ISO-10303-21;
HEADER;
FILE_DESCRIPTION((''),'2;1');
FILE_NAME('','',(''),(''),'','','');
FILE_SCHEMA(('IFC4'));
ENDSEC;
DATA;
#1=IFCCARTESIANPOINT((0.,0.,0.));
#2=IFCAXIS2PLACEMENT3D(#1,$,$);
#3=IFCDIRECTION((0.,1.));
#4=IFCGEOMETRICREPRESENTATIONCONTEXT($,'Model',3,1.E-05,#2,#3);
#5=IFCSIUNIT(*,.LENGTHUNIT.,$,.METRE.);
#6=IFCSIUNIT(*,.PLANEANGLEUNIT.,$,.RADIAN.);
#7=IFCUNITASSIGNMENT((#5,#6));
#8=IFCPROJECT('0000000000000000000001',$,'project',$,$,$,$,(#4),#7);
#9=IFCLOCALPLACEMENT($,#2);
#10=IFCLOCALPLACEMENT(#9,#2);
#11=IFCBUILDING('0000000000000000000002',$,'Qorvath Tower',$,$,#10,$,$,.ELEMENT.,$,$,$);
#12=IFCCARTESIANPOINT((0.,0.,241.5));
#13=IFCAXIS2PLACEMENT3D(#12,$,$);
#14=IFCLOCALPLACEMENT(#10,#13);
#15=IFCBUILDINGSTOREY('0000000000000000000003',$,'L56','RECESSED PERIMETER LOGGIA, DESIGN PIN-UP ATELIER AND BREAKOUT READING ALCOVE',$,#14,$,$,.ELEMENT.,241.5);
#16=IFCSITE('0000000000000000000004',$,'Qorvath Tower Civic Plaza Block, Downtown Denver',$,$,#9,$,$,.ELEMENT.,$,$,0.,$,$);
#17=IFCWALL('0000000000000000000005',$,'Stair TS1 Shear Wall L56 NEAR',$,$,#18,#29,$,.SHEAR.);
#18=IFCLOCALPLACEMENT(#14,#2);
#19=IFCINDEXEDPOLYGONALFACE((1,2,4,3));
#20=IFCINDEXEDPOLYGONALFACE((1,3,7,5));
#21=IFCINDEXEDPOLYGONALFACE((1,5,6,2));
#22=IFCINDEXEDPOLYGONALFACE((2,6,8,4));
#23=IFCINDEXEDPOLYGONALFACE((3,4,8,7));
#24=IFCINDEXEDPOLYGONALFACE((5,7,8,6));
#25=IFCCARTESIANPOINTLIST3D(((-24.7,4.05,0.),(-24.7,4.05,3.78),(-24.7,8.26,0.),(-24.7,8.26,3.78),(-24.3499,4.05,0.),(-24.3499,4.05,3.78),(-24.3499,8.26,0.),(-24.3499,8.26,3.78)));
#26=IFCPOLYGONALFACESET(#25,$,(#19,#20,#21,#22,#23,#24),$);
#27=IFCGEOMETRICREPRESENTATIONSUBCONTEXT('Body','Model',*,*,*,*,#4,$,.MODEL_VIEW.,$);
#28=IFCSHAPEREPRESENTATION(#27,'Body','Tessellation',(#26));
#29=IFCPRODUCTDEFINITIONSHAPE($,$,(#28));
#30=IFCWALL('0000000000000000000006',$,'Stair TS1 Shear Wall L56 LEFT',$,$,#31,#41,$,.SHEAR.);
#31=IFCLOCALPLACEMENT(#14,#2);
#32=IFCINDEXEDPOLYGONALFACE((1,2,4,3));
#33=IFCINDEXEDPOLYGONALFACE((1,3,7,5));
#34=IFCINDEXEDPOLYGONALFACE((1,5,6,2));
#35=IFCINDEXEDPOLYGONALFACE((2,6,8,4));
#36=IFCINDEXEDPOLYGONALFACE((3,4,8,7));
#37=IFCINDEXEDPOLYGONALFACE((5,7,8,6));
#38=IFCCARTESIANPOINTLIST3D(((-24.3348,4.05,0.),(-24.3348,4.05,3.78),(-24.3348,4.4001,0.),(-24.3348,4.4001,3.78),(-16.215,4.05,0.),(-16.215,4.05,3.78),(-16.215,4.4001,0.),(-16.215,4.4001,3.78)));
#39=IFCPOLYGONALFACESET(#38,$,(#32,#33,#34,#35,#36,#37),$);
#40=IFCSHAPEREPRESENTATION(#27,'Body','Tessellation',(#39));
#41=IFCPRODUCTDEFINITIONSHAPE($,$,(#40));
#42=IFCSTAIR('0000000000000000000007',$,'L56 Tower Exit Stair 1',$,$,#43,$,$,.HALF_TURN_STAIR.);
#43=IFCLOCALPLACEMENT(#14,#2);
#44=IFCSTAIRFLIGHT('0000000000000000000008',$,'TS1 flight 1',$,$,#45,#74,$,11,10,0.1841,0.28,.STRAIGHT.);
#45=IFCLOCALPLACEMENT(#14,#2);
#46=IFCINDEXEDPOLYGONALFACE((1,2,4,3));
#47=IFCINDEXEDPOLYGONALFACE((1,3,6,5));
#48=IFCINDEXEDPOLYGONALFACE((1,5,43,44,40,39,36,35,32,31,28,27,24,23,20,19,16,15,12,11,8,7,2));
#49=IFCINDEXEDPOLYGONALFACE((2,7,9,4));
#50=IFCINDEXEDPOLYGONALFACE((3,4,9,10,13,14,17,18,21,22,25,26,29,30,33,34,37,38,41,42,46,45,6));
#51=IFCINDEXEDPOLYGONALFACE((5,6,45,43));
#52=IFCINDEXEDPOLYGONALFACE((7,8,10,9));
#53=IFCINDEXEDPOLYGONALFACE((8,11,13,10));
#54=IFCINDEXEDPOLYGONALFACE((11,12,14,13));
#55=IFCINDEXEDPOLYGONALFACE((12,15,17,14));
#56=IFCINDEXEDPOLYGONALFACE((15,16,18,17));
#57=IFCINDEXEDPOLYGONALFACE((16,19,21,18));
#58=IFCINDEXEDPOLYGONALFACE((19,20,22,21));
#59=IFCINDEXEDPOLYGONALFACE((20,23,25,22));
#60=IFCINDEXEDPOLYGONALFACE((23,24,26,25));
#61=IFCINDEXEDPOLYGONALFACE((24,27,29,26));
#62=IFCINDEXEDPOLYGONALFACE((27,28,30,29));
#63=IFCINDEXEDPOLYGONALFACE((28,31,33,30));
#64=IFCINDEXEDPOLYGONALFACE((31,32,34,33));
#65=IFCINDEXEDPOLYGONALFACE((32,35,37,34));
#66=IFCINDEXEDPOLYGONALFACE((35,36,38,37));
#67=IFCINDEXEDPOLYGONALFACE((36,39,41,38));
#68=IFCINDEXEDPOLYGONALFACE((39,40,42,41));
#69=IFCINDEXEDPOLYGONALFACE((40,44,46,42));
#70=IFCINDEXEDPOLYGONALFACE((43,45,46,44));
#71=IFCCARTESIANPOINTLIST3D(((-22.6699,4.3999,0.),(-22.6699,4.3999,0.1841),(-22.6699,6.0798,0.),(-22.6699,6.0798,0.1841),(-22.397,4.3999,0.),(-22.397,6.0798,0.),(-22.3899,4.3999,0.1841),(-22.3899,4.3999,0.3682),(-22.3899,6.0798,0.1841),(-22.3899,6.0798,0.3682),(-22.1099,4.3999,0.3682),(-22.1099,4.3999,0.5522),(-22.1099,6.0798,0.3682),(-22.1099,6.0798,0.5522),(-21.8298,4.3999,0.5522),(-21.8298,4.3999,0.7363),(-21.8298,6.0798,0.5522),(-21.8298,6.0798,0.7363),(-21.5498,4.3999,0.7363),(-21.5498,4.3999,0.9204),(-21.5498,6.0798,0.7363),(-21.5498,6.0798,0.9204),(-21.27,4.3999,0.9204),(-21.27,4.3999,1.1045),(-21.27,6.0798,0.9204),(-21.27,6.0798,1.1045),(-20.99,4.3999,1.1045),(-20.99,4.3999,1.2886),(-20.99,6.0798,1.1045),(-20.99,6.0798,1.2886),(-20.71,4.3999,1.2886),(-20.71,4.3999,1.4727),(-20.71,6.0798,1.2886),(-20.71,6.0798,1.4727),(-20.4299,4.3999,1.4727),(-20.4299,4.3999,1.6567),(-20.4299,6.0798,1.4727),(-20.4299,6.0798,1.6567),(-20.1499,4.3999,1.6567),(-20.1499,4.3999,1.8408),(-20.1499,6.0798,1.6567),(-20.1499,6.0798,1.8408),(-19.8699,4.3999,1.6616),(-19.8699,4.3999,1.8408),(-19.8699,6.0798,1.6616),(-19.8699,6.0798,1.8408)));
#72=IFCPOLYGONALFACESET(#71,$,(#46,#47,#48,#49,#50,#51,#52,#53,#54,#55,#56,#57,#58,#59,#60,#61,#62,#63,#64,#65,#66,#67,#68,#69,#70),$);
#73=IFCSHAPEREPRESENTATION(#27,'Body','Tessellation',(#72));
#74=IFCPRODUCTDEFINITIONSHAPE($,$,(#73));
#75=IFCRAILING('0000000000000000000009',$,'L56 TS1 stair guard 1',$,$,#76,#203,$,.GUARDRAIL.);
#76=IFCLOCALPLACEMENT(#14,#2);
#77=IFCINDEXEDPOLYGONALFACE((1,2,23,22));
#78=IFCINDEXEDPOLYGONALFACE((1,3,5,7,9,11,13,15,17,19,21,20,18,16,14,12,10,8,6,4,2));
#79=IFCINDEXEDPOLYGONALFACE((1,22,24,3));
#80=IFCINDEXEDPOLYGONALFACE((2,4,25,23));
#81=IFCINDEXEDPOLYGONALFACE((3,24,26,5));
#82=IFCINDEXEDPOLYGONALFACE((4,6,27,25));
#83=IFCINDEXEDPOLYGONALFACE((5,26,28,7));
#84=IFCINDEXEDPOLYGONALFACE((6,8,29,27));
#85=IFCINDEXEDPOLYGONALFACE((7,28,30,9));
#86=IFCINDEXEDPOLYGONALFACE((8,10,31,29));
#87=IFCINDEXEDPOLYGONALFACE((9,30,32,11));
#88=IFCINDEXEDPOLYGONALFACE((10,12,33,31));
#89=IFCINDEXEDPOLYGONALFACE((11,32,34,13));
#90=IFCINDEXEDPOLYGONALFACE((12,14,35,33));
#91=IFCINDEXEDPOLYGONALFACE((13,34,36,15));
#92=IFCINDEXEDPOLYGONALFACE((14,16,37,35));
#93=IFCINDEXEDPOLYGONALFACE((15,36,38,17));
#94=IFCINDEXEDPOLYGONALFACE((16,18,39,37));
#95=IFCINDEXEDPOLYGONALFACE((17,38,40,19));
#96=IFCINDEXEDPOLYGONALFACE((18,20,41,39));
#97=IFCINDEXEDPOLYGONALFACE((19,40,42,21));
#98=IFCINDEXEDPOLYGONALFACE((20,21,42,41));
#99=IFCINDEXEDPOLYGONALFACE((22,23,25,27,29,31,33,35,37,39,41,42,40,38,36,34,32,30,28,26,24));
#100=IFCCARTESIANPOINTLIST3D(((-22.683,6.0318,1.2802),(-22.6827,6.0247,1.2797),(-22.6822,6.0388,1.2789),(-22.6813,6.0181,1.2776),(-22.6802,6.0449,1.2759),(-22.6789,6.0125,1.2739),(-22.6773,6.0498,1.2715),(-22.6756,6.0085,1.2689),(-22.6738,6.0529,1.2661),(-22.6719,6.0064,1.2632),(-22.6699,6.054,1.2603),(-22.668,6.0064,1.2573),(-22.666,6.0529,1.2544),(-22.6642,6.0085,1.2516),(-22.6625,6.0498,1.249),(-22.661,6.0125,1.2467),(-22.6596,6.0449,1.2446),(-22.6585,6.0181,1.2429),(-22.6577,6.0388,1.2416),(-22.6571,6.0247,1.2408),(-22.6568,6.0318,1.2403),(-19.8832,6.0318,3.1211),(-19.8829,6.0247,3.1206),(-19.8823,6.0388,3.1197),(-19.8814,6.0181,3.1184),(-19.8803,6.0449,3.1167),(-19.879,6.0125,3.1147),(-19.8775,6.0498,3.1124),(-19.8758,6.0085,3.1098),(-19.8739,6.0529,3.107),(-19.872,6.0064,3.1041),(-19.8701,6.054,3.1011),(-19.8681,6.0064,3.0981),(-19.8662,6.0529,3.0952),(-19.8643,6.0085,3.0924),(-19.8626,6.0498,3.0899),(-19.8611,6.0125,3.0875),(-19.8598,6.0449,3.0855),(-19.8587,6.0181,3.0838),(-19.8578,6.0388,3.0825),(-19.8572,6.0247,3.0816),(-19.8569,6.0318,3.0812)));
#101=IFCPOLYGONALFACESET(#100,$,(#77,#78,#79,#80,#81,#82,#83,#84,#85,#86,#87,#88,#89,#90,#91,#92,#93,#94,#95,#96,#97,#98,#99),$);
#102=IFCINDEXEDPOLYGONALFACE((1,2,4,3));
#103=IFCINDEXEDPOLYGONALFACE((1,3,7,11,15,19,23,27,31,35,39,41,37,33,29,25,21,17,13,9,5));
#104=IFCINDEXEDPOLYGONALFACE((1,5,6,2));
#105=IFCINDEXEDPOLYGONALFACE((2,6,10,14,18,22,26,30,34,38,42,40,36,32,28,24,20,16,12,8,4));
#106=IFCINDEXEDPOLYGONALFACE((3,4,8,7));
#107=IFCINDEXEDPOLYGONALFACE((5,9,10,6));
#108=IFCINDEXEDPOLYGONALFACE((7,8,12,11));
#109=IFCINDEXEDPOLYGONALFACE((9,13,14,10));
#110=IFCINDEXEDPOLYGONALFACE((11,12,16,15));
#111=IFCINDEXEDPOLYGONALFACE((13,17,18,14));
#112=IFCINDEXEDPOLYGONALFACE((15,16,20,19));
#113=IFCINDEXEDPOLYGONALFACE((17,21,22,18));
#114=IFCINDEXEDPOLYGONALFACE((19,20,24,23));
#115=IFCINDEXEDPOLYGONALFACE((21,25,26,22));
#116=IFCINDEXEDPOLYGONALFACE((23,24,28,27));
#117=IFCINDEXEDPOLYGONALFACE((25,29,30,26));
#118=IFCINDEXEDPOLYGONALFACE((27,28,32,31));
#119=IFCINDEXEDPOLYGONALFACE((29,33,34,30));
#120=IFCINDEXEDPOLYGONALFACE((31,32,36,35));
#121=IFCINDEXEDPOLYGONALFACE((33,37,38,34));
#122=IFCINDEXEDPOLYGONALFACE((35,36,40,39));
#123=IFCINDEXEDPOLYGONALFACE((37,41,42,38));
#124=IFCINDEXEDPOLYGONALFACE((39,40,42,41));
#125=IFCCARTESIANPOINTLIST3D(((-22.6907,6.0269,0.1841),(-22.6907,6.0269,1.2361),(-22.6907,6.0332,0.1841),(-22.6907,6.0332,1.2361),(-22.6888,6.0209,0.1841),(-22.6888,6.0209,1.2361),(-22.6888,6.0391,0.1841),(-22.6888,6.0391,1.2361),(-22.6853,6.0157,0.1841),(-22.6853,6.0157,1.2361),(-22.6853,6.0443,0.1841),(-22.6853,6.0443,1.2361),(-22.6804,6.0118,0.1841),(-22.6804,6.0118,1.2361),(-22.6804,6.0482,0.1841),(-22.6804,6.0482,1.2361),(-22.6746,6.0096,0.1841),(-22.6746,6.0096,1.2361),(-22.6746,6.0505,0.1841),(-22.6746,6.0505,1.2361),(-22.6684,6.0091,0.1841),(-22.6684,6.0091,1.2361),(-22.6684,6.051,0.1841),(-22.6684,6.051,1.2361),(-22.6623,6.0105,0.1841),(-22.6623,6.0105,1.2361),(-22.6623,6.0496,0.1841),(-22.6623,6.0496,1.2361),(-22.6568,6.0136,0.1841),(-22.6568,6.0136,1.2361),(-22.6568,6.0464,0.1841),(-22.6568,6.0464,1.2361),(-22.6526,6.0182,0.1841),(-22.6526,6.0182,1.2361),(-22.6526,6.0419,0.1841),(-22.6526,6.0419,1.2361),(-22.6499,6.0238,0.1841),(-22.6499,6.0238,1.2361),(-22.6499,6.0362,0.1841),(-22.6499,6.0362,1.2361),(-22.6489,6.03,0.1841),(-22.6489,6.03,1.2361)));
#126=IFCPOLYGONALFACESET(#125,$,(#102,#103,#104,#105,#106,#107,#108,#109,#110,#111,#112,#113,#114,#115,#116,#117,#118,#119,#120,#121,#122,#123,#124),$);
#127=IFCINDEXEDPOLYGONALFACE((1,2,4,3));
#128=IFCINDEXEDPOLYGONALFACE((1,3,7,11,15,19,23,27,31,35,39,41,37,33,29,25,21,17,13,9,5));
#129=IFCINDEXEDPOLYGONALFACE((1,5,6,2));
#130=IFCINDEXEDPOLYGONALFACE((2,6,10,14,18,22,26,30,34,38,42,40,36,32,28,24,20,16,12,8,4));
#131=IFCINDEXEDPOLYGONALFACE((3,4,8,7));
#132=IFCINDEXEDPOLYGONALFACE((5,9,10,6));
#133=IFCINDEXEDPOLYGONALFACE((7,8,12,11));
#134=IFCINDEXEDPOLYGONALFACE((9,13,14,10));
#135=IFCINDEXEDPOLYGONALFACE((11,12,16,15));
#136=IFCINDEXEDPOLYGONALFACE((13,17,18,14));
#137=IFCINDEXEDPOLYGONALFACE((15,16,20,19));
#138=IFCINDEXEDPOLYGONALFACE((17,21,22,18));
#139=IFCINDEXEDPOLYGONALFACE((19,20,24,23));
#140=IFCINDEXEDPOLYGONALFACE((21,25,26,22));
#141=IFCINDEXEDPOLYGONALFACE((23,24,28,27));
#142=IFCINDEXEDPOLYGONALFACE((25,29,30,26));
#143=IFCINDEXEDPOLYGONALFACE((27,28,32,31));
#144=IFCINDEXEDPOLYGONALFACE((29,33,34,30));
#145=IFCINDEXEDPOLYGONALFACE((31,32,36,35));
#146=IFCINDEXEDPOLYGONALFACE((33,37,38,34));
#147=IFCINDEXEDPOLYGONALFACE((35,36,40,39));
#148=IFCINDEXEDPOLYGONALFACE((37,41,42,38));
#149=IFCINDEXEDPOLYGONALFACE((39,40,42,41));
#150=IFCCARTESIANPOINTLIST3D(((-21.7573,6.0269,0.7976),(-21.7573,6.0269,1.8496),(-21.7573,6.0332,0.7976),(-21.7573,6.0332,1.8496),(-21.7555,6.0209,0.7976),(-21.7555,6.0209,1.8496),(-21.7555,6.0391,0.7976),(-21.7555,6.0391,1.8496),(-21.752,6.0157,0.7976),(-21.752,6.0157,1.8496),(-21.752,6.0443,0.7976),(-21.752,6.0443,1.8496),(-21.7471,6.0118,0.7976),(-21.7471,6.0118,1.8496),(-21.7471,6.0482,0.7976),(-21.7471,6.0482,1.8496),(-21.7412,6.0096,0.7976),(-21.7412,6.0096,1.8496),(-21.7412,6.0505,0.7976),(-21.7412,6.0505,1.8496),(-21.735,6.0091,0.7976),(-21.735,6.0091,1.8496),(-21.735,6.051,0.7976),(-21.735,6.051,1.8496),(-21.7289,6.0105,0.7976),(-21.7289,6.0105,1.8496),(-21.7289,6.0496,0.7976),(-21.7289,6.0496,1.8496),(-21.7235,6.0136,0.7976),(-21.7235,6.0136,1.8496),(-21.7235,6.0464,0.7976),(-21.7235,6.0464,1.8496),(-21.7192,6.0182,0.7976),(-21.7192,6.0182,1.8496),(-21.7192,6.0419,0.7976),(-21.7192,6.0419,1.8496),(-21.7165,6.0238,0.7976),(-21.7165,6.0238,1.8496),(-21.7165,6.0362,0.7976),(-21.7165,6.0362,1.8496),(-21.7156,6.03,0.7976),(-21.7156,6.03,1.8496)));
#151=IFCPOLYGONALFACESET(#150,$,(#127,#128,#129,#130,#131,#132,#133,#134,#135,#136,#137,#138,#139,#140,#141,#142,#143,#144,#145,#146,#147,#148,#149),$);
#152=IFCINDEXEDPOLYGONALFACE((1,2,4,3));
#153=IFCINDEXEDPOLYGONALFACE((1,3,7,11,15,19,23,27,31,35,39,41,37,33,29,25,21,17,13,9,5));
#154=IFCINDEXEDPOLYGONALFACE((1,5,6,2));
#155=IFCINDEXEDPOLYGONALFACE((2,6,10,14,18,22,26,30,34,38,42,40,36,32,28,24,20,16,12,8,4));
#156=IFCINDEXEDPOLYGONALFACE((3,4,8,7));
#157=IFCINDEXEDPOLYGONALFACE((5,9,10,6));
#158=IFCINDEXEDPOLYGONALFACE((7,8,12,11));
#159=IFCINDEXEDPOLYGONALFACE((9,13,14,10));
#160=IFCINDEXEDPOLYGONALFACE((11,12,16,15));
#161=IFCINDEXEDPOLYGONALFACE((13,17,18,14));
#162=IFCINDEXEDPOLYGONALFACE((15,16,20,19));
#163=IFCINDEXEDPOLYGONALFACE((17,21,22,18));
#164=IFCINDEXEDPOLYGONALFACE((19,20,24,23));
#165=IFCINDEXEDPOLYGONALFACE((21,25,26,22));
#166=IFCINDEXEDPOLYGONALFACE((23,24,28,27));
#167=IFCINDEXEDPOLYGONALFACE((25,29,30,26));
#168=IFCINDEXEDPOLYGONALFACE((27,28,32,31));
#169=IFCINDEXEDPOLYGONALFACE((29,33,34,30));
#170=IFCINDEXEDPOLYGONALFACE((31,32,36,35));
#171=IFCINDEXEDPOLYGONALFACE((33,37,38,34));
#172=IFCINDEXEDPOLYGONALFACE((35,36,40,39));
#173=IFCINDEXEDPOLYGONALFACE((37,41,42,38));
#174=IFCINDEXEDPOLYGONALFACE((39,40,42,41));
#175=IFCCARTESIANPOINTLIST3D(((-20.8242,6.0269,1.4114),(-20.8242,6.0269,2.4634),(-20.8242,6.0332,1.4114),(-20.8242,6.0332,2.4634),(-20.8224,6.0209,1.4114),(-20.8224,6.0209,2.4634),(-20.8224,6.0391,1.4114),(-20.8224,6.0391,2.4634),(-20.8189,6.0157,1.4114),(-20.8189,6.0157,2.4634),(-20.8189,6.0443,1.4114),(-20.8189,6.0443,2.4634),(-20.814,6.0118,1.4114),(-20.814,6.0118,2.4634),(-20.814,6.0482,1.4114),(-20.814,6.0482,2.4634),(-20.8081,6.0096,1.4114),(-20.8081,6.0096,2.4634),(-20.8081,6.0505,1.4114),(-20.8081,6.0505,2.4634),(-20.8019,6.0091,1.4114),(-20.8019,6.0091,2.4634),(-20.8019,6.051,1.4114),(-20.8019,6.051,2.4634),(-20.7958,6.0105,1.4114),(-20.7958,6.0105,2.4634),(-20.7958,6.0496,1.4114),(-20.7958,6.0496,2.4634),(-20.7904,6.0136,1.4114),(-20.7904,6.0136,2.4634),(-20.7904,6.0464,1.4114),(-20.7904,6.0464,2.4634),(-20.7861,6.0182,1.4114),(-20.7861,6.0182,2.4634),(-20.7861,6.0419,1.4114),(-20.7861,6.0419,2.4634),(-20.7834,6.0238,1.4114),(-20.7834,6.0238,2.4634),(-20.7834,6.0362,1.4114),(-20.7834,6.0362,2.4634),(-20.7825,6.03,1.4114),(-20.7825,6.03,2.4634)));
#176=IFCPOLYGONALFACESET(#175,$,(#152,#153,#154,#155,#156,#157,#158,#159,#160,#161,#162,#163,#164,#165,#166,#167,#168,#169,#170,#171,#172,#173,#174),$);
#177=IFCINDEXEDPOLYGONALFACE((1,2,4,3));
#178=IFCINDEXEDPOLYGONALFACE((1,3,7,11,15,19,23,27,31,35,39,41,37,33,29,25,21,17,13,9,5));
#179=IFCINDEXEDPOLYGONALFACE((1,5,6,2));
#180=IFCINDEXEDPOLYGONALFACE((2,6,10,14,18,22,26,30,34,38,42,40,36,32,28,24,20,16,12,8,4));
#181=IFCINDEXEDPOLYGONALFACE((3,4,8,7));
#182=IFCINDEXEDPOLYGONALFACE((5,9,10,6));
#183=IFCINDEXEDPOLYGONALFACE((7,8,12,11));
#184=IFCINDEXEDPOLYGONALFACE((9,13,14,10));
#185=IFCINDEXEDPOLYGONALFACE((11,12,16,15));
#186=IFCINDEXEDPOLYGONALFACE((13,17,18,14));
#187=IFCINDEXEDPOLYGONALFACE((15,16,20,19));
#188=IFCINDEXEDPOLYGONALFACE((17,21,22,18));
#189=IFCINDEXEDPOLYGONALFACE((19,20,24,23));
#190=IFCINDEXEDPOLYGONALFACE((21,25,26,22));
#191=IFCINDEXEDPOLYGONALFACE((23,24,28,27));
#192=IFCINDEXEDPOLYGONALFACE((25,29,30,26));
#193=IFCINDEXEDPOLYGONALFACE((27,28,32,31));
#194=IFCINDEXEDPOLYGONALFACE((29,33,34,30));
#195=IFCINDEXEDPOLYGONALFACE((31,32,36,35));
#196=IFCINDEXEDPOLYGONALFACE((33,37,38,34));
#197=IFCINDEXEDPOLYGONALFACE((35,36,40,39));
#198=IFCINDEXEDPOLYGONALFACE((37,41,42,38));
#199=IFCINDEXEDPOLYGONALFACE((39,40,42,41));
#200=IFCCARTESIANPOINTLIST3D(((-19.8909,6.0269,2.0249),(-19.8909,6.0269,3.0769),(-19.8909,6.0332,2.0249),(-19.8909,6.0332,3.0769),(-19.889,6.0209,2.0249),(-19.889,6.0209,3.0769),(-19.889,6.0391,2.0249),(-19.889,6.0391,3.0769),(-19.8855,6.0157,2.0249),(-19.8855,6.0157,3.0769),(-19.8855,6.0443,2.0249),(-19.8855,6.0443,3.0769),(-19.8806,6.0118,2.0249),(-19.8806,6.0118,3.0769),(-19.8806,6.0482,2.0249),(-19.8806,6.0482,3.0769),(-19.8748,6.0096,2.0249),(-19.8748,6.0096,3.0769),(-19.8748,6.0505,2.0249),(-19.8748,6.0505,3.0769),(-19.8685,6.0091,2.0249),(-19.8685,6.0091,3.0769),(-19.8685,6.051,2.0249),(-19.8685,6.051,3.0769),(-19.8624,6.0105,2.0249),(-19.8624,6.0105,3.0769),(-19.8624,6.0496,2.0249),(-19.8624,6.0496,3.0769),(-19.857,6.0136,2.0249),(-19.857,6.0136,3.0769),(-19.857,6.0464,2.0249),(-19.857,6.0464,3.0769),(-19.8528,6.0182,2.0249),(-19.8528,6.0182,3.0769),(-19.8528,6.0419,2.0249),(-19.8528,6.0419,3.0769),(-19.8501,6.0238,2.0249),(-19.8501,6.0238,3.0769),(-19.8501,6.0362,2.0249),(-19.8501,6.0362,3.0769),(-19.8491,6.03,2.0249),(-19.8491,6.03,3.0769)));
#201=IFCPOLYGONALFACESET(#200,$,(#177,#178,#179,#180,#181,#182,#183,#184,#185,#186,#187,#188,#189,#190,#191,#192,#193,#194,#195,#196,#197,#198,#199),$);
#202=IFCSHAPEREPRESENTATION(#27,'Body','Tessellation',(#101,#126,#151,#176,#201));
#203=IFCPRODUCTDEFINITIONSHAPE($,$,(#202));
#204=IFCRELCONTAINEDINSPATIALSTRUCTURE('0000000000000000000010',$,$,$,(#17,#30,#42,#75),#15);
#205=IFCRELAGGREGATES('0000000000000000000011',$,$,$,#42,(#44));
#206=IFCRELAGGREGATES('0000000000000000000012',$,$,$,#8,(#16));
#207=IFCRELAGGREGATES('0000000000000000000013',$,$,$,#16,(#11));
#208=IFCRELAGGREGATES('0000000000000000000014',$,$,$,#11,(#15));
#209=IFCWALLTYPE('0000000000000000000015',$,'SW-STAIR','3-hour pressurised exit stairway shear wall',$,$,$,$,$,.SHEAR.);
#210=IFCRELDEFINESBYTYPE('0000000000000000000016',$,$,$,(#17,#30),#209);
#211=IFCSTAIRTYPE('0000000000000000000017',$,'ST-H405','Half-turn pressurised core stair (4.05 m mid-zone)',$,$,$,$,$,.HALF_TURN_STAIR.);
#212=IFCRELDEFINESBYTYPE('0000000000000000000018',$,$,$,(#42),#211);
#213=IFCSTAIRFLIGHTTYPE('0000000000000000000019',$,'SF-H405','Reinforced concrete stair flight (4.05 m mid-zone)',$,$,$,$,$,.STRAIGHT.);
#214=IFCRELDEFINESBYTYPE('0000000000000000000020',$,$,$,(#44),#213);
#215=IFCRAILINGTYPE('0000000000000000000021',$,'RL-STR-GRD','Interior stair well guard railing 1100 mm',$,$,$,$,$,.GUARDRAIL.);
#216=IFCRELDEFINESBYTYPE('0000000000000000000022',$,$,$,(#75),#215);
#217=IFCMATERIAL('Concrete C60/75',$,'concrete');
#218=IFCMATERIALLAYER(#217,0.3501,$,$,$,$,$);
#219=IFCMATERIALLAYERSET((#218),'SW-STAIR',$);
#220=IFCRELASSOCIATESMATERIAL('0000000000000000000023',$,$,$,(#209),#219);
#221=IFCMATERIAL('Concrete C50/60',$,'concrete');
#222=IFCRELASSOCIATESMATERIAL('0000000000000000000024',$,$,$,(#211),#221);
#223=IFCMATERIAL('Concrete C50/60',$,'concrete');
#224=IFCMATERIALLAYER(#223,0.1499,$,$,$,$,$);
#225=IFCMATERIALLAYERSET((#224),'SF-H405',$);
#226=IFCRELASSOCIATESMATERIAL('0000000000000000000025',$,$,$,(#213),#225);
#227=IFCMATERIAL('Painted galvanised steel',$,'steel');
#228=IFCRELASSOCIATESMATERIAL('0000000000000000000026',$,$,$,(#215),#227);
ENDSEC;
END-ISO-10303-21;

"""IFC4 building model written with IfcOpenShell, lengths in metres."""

from ifc_helpers import new_model, si_unit, direction, frame, frame_2d, origin, origin_2d, place, context, subcontext, project, spatial, polyline, rectangle, circle, outline, extrude, material, layer, layer_set, type_object, element, aggregate, save


model = new_model("IFC4")

# Units and contexts
model_context = context("Model", 3, precision=1e-05, world=origin(), true_north=direction((0.0, 1.0)))
body_context = subcontext(model_context, "Body", "Model", "MODEL_VIEW")
ifc_project = project(units=[si_unit("LENGTHUNIT", "METRE"), si_unit("PLANEANGLEUNIT", "RADIAN")], contexts=[model_context])

# Site, building, storey
site_placement = place(None, origin())
site = spatial("IfcSite", under=ifc_project, at=site_placement, Name="Qorvath Tower Civic Plaza Block, Downtown Denver", CompositionType="ELEMENT", RefElevation=0.0)
building_placement = place(site_placement, origin())
building = spatial("IfcBuilding", under=site, at=building_placement, Name="Qorvath Tower", CompositionType="ELEMENT")
storey_placement = place(building_placement, frame((0.0, 0.0, 241.5)))
storey = spatial("IfcBuildingStorey", under=building, at=storey_placement, Name="L56", Description="RECESSED PERIMETER LOGGIA, DESIGN PIN-UP ATELIER AND BREAKOUT READING ALCOVE", CompositionType="ELEMENT", Elevation=241.5)

# Walls
ifc_material_1 = material(Name="Concrete C60/75", Category="concrete")
ifc_layer_1 = layer(ifc_material_1, 0.3501)
ifc_layer_set_1 = layer_set([ifc_layer_1], Name="SW-STAIR")
wall_type_1 = type_object("IfcWallType", Name="SW-STAIR", Description="3-hour pressurised exit stairway shear wall", PredefinedType="SHEAR", material=ifc_layer_set_1)
wall_1_placement = place(storey_placement, frame((-24.5249, 8.26, 0.0), z_axis=(0.0, 0.0, 1.0), x_axis=(0.0, -1.0, 0.0)))
element("IfcWall", 1, at=wall_1_placement, inside=storey, type_object=wall_type_1, Name="Stair TS1 Shear Wall L56 NEAR", PredefinedType="SHEAR", context=body_context, shape_type="SweptSolid", body=[
    extrude(rectangle(XDim=4.21, YDim=0.3501, at=frame_2d((2.105, 0.0))), origin(), (0.0, 0.0, 1.0), 3.78),
])
wall_2_placement = place(storey_placement, frame((-24.335, 4.2251, 0.0), z_axis=(0.0, 0.0, 1.0), x_axis=(1.0, 0.0, 0.0)))
element("IfcWall", 2, at=wall_2_placement, inside=storey, type_object=wall_type_1, Name="Stair TS1 Shear Wall L56 LEFT", PredefinedType="SHEAR", context=body_context, shape_type="SweptSolid", body=[
    extrude(rectangle(XDim=8.1199, YDim=0.3501, at=frame_2d((4.0601, 0.0))), origin(), (0.0, 0.0, 1.0), 3.78),
])

# Stair, stair flight
ifc_material_2 = material(Name="Concrete C50/60", Category="concrete")
stair_type = type_object("IfcStairType", Name="ST-H405", Description="Half-turn pressurised core stair (4.05 m mid-zone)", PredefinedType="HALF_TURN_STAIR", material=ifc_material_2)
stair_placement = place(storey_placement, origin())
stair = element("IfcStair", 3, at=stair_placement, inside=storey, type_object=stair_type, Name="L56 Tower Exit Stair 1", PredefinedType="HALF_TURN_STAIR")
ifc_material_3 = material(Name="Concrete C50/60", Category="concrete")
ifc_layer_2 = layer(ifc_material_3, 0.1499)
ifc_layer_set_2 = layer_set([ifc_layer_2], Name="SF-H405")
stair_flight_type = type_object("IfcStairFlightType", Name="SF-H405", Description="Reinforced concrete stair flight (4.05 m mid-zone)", PredefinedType="STRAIGHT", material=ifc_layer_set_2)
stair_flight_placement = place(storey_placement, frame((-22.6699, 5.24, 0.0), z_axis=(0.0, 0.0, 1.0), x_axis=(1.0, 0.0, 0.0)))
stair_flight = element("IfcStairFlight", 4, at=stair_flight_placement, type_object=stair_flight_type, Name="TS1 flight 1", NumberOfRisers=11, NumberOfTreads=10, PredefinedType="STRAIGHT", RiserHeight=0.1841, TreadLength=0.28, context=body_context, shape_type="SweptSolid", body=[
    extrude(outline(polyline([(0.0, 0.0), (0.0, 0.1841), (0.28, 0.1841), (0.28, 0.3682), (0.5601, 0.3682), (0.5601, 0.5522), (0.8401, 0.5522), (0.8401, 0.7363), (1.1201, 0.7363), (1.1201, 0.9204), (1.3999, 0.9204), (1.3999, 1.1045), (1.6799, 1.1045), (1.6799, 1.2886), (1.96, 1.2886), (1.96, 1.4727), (2.24, 1.4727), (2.24, 1.6567), (2.52, 1.6567), (2.52, 1.8408), (2.8, 1.8408), (2.8, 2.0249), (2.8, 1.6616), (0.2729, 0.0), (0.0, 0.0)])), frame((0.0, 0.8398, 0.0), z_axis=(0.0, -1.0, 0.0), x_axis=(1.0, 0.0, 0.0)), (0.0, 0.0, 1.0), 1.6799),
])
aggregate(stair, [stair_flight])

# Railing
ifc_material_4 = material(Name="Painted galvanised steel", Category="steel")
railing_type_1 = type_object("IfcRailingType", Name="RL-STR-GRD", Description="Interior stair well guard railing 1100 mm", PredefinedType="GUARDRAIL", material=ifc_material_4)
railing_1_placement = place(storey_placement, frame((-22.6699, 6.03, 0.1841)))
element("IfcRailing", 5, at=railing_1_placement, inside=storey, type_object=railing_type_1, Name="L56 TS1 stair guard 1", PredefinedType="GUARDRAIL", context=body_context, shape_type="SweptSolid", body=[
    extrude(circle(Radius=0.0239, at=origin_2d()), frame((0.0, 0.0, 1.0762), z_axis=(0.835576, 0.0, 0.549376), x_axis=(0.0, 1.0, 0.0)), (0.0, 0.0, 1.0), 3.3508),
    extrude(circle(Radius=0.021, at=origin_2d()), origin(), (0.0, 0.0, 1.0), 1.052),
    extrude(circle(Radius=0.021, at=origin_2d()), frame((0.9333, 0.0, 0.6135)), (0.0, 0.0, 1.0), 1.052),
    extrude(circle(Radius=0.021, at=origin_2d()), frame((1.8665, 0.0, 1.2273)), (0.0, 0.0, 1.0), 1.052),
    extrude(circle(Radius=0.021, at=origin_2d()), frame((2.7998, 0.0, 1.8408)), (0.0, 0.0, 1.0), 1.052),
])

save(model, "model.ifc")
